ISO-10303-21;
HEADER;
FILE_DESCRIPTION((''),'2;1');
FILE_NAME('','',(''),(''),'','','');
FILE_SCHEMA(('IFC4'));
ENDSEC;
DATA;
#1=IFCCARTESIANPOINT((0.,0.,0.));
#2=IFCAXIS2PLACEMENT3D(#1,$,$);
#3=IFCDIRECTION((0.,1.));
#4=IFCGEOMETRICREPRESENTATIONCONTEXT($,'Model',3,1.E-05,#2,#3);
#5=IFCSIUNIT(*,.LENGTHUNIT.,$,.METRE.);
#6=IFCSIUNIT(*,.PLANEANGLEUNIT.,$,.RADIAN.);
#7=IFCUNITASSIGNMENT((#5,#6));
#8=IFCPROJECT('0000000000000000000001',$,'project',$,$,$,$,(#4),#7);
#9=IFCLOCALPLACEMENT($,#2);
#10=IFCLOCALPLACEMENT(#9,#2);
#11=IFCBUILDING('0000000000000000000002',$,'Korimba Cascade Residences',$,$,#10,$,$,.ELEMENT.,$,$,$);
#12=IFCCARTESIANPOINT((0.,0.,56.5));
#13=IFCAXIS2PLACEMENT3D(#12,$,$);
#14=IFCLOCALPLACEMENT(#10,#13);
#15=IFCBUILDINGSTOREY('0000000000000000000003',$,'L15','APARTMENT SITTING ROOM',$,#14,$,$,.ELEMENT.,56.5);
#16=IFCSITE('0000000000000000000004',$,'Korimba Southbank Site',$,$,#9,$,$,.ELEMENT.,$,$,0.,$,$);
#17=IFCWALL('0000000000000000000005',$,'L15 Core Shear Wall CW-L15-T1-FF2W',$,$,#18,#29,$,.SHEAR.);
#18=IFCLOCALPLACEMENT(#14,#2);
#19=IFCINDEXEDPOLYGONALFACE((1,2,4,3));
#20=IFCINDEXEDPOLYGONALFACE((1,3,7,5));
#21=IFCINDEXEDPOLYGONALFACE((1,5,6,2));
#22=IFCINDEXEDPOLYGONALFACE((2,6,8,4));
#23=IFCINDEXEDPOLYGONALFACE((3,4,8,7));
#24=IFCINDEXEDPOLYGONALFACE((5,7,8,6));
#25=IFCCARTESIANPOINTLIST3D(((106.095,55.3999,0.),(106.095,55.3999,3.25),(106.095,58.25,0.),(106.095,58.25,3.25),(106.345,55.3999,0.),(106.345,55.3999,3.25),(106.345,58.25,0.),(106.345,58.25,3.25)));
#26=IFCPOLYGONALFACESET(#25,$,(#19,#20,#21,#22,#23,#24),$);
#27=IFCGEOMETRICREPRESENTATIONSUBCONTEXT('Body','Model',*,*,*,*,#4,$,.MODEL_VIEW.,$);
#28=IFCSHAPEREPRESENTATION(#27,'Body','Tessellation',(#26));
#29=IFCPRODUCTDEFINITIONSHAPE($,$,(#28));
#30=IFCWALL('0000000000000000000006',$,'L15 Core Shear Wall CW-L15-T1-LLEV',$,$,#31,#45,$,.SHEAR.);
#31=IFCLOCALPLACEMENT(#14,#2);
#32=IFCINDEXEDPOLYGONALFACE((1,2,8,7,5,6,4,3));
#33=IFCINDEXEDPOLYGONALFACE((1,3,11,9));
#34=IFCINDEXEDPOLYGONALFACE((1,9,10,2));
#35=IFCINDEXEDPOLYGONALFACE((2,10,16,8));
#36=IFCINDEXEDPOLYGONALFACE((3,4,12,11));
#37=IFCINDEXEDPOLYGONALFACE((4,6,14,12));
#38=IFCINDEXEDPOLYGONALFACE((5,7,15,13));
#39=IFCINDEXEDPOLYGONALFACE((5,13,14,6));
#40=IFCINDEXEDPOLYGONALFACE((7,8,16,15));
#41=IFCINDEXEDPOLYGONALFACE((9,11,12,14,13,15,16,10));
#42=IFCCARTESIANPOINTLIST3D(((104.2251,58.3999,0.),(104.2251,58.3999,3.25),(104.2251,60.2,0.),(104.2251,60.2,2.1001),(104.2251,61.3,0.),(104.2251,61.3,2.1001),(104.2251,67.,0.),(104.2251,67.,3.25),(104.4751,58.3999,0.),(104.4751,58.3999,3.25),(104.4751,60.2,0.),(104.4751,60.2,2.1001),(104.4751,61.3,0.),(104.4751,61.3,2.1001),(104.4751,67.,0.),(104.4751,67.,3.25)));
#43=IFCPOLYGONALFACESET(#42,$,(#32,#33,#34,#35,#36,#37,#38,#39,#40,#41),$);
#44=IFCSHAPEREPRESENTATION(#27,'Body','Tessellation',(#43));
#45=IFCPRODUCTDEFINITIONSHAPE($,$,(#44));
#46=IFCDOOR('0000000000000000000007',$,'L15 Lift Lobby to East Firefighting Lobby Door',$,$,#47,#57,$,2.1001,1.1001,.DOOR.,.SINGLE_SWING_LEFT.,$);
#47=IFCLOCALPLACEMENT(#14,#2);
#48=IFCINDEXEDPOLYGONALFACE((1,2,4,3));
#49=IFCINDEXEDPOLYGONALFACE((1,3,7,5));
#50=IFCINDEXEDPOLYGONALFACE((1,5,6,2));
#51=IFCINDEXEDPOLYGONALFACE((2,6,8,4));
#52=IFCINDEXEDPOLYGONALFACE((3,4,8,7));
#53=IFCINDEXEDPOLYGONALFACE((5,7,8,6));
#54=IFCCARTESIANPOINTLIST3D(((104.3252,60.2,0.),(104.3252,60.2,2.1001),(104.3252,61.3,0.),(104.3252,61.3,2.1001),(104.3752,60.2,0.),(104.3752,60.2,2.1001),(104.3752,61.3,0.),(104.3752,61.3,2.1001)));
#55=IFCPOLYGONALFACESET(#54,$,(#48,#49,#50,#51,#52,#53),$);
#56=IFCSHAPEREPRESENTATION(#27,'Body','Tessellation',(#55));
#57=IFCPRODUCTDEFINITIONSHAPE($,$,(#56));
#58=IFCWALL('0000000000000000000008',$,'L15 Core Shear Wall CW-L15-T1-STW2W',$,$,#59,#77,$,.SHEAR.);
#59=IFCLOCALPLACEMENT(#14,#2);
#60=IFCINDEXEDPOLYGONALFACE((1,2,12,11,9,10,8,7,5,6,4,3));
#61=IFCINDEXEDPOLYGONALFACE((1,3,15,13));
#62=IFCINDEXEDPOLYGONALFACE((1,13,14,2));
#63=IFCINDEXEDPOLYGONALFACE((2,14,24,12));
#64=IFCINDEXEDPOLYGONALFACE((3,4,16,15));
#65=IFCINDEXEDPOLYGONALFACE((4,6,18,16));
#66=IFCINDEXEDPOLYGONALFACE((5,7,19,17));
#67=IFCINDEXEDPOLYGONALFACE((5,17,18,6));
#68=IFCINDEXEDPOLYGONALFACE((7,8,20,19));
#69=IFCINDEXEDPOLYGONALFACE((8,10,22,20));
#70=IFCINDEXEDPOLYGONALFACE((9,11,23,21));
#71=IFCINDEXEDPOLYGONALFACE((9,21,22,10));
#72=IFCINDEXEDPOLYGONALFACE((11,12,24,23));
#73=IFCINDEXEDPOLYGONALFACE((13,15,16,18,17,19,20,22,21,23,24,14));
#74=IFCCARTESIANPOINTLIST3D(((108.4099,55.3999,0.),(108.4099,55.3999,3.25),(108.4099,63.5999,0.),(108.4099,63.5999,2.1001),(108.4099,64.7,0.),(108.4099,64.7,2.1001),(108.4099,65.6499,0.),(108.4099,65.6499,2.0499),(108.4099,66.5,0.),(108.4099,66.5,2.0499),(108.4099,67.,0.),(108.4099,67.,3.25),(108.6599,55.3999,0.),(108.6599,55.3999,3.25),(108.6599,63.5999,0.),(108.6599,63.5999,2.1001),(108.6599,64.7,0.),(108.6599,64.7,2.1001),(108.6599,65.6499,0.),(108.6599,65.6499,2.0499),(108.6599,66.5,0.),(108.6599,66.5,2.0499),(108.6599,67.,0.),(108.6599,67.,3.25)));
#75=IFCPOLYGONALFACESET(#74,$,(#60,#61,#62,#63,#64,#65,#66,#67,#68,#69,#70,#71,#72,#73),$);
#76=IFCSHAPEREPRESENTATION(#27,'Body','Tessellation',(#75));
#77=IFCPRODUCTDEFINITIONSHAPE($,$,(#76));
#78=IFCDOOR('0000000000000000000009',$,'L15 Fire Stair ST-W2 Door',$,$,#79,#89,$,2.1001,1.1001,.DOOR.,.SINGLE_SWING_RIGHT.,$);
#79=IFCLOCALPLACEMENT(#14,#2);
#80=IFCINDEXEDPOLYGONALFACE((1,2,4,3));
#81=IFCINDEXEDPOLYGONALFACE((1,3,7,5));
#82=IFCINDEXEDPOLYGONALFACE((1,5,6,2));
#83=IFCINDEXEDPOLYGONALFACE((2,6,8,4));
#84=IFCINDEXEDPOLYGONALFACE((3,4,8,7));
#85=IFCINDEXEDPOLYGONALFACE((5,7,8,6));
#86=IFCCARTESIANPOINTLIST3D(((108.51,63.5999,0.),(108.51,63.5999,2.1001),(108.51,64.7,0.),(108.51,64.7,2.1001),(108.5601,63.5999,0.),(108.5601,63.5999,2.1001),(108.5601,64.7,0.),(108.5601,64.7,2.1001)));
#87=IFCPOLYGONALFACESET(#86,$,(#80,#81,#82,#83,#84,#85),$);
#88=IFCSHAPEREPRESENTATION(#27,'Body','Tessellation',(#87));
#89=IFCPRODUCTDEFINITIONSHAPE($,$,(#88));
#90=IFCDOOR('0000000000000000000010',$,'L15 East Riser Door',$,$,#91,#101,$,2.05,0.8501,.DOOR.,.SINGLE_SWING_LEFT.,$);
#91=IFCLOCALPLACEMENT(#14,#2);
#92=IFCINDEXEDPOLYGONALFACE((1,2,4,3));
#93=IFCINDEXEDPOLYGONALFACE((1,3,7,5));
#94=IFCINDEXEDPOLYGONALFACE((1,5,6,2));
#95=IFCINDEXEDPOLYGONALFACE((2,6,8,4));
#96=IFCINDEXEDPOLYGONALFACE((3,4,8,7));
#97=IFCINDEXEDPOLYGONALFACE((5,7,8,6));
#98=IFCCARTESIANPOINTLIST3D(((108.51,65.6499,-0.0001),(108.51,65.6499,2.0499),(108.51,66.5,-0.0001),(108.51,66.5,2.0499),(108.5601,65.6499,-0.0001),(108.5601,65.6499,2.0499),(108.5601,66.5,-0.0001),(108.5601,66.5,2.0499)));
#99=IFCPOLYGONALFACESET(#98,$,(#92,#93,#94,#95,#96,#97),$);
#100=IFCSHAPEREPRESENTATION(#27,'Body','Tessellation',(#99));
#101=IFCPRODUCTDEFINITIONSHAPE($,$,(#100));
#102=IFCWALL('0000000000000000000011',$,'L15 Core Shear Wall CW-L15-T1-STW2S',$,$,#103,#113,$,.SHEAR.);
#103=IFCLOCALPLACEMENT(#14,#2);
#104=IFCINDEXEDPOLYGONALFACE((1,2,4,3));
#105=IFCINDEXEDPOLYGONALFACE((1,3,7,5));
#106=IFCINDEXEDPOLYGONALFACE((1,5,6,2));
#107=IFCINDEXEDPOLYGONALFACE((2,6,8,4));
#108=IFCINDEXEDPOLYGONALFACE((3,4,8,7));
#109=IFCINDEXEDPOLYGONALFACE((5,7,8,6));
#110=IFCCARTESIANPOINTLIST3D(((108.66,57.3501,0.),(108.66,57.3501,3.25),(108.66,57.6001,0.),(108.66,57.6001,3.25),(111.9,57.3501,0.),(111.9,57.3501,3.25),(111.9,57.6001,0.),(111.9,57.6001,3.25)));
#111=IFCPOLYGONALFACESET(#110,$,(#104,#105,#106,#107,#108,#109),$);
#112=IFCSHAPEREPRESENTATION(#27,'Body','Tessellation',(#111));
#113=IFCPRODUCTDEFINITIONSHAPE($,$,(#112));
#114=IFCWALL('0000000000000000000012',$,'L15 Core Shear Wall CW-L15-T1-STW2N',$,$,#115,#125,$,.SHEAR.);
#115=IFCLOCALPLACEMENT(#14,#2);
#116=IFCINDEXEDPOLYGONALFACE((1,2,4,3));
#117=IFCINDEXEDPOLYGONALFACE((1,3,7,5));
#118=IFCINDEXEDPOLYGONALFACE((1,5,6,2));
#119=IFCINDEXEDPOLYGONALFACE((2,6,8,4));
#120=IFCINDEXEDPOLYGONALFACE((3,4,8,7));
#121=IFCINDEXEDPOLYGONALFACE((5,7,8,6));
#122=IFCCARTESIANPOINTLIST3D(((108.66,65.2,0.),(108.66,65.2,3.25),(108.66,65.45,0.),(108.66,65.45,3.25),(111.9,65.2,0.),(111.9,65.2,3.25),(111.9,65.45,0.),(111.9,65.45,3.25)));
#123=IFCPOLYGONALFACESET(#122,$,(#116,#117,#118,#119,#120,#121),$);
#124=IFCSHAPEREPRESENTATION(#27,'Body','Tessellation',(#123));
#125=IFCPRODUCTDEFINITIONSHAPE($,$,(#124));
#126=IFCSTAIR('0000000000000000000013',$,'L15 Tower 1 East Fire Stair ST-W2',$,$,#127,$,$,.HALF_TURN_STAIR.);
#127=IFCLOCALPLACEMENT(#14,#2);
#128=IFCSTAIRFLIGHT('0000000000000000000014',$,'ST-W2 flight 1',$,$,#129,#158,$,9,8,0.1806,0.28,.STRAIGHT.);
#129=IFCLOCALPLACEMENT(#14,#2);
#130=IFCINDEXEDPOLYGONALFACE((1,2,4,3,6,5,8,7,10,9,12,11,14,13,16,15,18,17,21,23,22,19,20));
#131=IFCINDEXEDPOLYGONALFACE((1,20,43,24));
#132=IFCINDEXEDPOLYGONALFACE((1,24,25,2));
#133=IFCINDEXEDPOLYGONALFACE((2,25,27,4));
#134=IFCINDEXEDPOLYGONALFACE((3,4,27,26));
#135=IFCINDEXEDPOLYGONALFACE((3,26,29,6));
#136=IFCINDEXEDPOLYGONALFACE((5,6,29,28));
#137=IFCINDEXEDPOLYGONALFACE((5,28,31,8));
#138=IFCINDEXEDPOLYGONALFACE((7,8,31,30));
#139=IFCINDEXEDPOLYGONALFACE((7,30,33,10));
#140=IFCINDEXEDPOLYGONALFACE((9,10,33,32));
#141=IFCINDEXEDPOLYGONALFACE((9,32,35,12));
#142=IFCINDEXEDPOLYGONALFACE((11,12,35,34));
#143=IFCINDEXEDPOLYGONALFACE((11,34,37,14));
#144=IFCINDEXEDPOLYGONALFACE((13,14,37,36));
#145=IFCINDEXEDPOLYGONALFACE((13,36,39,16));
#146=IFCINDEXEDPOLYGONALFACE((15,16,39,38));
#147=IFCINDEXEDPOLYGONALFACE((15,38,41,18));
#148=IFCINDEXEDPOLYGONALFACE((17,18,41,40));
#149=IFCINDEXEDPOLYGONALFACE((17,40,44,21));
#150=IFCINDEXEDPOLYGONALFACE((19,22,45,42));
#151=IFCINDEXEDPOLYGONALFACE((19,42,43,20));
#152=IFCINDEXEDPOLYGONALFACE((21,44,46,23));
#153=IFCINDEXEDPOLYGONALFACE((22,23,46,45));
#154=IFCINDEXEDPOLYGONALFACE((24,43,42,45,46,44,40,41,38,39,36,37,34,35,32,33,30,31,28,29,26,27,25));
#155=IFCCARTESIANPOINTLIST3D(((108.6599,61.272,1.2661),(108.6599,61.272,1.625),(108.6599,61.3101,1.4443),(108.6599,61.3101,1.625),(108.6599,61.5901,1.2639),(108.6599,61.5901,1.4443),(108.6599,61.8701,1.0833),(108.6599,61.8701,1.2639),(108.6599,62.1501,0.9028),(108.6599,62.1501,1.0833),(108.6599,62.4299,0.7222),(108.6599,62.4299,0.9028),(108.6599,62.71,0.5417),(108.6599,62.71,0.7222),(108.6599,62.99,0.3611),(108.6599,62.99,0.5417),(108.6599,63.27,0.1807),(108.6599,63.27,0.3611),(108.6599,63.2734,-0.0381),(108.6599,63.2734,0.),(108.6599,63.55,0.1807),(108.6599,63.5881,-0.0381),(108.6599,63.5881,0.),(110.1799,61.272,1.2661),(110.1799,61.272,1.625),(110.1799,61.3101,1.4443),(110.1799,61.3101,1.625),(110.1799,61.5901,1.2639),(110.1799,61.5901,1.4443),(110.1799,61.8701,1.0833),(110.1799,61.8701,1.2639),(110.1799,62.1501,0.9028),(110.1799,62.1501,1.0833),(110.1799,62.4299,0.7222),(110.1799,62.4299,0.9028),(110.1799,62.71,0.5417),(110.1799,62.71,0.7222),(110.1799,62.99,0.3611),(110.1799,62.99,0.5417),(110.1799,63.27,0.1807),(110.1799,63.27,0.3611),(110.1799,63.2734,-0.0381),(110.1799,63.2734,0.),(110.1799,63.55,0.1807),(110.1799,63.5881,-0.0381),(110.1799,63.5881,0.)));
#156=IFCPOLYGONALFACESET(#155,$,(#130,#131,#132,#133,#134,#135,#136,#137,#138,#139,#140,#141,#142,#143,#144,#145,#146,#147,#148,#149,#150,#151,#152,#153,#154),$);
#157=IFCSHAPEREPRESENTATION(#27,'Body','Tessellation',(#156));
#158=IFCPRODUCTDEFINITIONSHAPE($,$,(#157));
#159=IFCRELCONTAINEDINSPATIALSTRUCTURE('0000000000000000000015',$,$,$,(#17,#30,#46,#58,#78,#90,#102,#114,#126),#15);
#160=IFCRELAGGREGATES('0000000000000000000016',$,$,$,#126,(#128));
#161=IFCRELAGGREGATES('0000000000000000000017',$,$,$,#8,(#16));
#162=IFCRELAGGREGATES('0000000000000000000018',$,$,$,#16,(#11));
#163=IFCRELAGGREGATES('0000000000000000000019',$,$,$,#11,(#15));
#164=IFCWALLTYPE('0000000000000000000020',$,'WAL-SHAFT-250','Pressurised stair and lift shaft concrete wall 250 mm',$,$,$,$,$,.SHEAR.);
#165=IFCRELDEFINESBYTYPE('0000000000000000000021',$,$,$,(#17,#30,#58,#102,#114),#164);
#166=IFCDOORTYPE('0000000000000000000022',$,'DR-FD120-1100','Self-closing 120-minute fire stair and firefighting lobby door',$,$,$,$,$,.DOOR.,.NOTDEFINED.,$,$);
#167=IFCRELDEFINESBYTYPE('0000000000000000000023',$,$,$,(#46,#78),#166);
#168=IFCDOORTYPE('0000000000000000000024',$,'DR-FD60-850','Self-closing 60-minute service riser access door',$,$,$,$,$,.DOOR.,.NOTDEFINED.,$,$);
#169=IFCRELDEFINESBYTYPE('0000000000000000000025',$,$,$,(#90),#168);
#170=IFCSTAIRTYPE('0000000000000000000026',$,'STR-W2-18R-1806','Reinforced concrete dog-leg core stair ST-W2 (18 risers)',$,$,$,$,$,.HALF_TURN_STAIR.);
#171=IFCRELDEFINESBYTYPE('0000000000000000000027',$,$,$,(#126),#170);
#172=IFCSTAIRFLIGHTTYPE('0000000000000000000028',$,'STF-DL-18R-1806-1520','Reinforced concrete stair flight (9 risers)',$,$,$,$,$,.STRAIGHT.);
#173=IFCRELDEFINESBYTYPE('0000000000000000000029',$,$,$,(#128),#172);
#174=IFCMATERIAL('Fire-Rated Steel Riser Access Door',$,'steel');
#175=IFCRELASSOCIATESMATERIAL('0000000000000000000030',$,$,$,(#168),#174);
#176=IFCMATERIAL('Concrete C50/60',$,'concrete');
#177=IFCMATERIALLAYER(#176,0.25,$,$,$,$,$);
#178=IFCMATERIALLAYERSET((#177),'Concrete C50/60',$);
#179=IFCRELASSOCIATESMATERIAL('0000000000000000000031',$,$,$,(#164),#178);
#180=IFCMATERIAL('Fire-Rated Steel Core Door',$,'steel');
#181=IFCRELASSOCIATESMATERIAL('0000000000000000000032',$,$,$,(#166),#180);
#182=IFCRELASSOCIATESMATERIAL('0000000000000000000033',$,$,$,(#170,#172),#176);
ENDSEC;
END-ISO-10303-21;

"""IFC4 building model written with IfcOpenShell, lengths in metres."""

from ifc_helpers import new_model, si_unit, direction, frame, frame_2d, origin, place, context, subcontext, project, spatial, polyline, rectangle, outline, extrude, material, layer, layer_set, type_object, element, fill, aggregate, save


model = new_model("IFC4")

# Units and contexts
model_context = context("Model", 3, precision=1e-05, world=origin(), true_north=direction((0.0, 1.0)))
body_context = subcontext(model_context, "Body", "Model", "MODEL_VIEW")
ifc_project = project(units=[si_unit("LENGTHUNIT", "METRE"), si_unit("PLANEANGLEUNIT", "RADIAN")], contexts=[model_context])

# Site, building, storey
site_placement = place(None, origin())
site = spatial("IfcSite", under=ifc_project, at=site_placement, Name="Korimba Southbank Site", CompositionType="ELEMENT", RefElevation=0.0)
building_placement = place(site_placement, origin())
building = spatial("IfcBuilding", under=site, at=building_placement, Name="Korimba Cascade Residences", CompositionType="ELEMENT")
storey_placement = place(building_placement, frame((0.0, 0.0, 56.5)))
storey = spatial("IfcBuildingStorey", under=building, at=storey_placement, Name="L15", Description="APARTMENT SITTING ROOM", CompositionType="ELEMENT", Elevation=56.5)

# Shared definitions
ifc_material_1 = material(Name="Concrete C50/60", Category="concrete")

# Shared definitions
ifc_material_2 = material(Name="Fire-Rated Steel Riser Access Door", Category="steel")
door_type_1 = type_object("IfcDoorType", Name="DR-FD60-850", Description="Self-closing 60-minute service riser access door", OperationType="NOTDEFINED", PredefinedType="DOOR", material=ifc_material_2)

# Wall
ifc_layer_1 = layer(ifc_material_1, 0.25)
ifc_layer_set_1 = layer_set([ifc_layer_1], Name="Concrete C50/60")
wall_type_1 = type_object("IfcWallType", Name="WAL-SHAFT-250", Description="Pressurised stair and lift shaft concrete wall 250 mm", PredefinedType="SHEAR", material=ifc_layer_set_1)
wall_1_placement = place(storey_placement, frame((106.22, 55.3999, 0.0), z_axis=(0.0, 0.0, 1.0), x_axis=(0.0, 1.0, 0.0)))
element("IfcWall", 1, at=wall_1_placement, inside=storey, type_object=wall_type_1, Name="L15 Core Shear Wall CW-L15-T1-FF2W", PredefinedType="SHEAR", context=body_context, shape_type="SweptSolid", body=[
    extrude(rectangle(XDim=2.8501, YDim=0.25, at=frame_2d((1.425, 0.0))), origin(), (0.0, 0.0, 1.0), 3.25),
])

# Wall, opening, door
wall_2_placement = place(storey_placement, frame((104.3501, 58.3999, 0.0), z_axis=(0.0, 0.0, 1.0), x_axis=(0.0, 1.0, 0.0)))
wall_2 = element("IfcWall", 2, at=wall_2_placement, inside=storey, type_object=wall_type_1, Name="L15 Core Shear Wall CW-L15-T1-LLEV", PredefinedType="SHEAR", context=body_context, shape_type="SweptSolid", body=[
    extrude(rectangle(XDim=8.6001, YDim=0.25, at=frame_2d((4.3, 0.0))), origin(), (0.0, 0.0, 1.0), 3.25),
])
opening_1_placement = place(wall_2_placement, frame((1.8, 0.0, 0.0)))
opening_1 = element("IfcOpeningElement", 3, at=opening_1_placement, cuts=wall_2, PredefinedType="OPENING", context=body_context, shape_type="SweptSolid", body=[
    extrude(rectangle(XDim=1.1001, YDim=2.1001, at=frame_2d((0.55, 1.05))), frame((0.0, 0.135, 0.0), z_axis=(0.0, -1.0, 0.0), x_axis=(1.0, 0.0, 0.0)), (0.0, 0.0, 1.0), 0.27),
])
ifc_material_3 = material(Name="Fire-Rated Steel Core Door", Category="steel")
door_type_2 = type_object("IfcDoorType", Name="DR-FD120-1100", Description="Self-closing 120-minute fire stair and firefighting lobby door", OperationType="NOTDEFINED", PredefinedType="DOOR", material=ifc_material_3)
door_1_placement = place(opening_1_placement, origin())
door_1 = element("IfcDoor", 4, at=door_1_placement, inside=storey, type_object=door_type_2, Name="L15 Lift Lobby to East Firefighting Lobby Door", OperationType="SINGLE_SWING_LEFT", OverallHeight=2.1001, OverallWidth=1.1001, PredefinedType="DOOR", context=body_context, shape_type="SweptSolid", body=[
    extrude(rectangle(XDim=1.1001, YDim=2.1001, at=frame_2d((0.55, 1.05))), frame((0.0, 0.0249, 0.0), z_axis=(0.0, -1.0, 0.0), x_axis=(1.0, 0.0, 0.0)), (0.0, 0.0, 1.0), 0.05),
])
fill(opening_1, door_1)

# Wall, openings, doors
wall_3_placement = place(storey_placement, frame((108.5349, 55.3999, 0.0), z_axis=(0.0, 0.0, 1.0), x_axis=(0.0, 1.0, 0.0)))
wall_3 = element("IfcWall", 5, at=wall_3_placement, inside=storey, type_object=wall_type_1, Name="L15 Core Shear Wall CW-L15-T1-STW2W", PredefinedType="SHEAR", context=body_context, shape_type="SweptSolid", body=[
    extrude(rectangle(XDim=11.6001, YDim=0.25, at=frame_2d((5.8, 0.0))), origin(), (0.0, 0.0, 1.0), 3.25),
])
opening_2_placement = place(wall_3_placement, frame((8.2, 0.0, 0.0)))
opening_2 = element("IfcOpeningElement", 6, at=opening_2_placement, cuts=wall_3, PredefinedType="OPENING", context=body_context, shape_type="SweptSolid", body=[
    extrude(rectangle(XDim=1.1001, YDim=2.1001, at=frame_2d((0.55, 1.05))), frame((0.0, 0.135, 0.0), z_axis=(0.0, -1.0, 0.0), x_axis=(1.0, 0.0, 0.0)), (0.0, 0.0, 1.0), 0.27),
])
opening_3_placement = place(wall_3_placement, frame((10.25, 0.0, 0.0)))
opening_3 = element("IfcOpeningElement", 7, at=opening_3_placement, cuts=wall_3, PredefinedType="OPENING", context=body_context, shape_type="SweptSolid", body=[
    extrude(rectangle(XDim=0.8501, YDim=2.05, at=frame_2d((0.425, 1.0249))), frame((0.0, 0.135, 0.0), z_axis=(0.0, -1.0, 0.0), x_axis=(1.0, 0.0, 0.0)), (0.0, 0.0, 1.0), 0.27),
])
door_2_placement = place(opening_2_placement, origin())
door_2 = element("IfcDoor", 8, at=door_2_placement, inside=storey, type_object=door_type_2, Name="L15 Fire Stair ST-W2 Door", OperationType="SINGLE_SWING_RIGHT", OverallHeight=2.1001, OverallWidth=1.1001, PredefinedType="DOOR", context=body_context, shape_type="SweptSolid", body=[
    extrude(rectangle(XDim=1.1001, YDim=2.1001, at=frame_2d((0.55, 1.05))), frame((0.0, 0.0249, 0.0), z_axis=(0.0, -1.0, 0.0), x_axis=(1.0, 0.0, 0.0)), (0.0, 0.0, 1.0), 0.05),
])
fill(opening_2, door_2)
door_3_placement = place(opening_3_placement, origin())
door_3 = element("IfcDoor", 9, at=door_3_placement, inside=storey, type_object=door_type_1, Name="L15 East Riser Door", OperationType="SINGLE_SWING_LEFT", OverallHeight=2.05, OverallWidth=0.8501, PredefinedType="DOOR", context=body_context, shape_type="SweptSolid", body=[
    extrude(rectangle(XDim=0.8501, YDim=2.05, at=frame_2d((0.425, 1.0249))), frame((0.0, 0.0249, 0.0), z_axis=(0.0, -1.0, 0.0), x_axis=(1.0, 0.0, 0.0)), (0.0, 0.0, 1.0), 0.05),
])
fill(opening_3, door_3)

# Walls
for number, where, z_axis, x_axis, name in (
    (10, (108.6599, 57.4751, 0.0), (0.0, 0.0, 1.0), (1.0, 0.0, 0.0), "L15 Core Shear Wall CW-L15-T1-STW2S"),
    (11, (108.6599, 65.325, 0.0), (0.0, 0.0, 1.0), (1.0, 0.0, 0.0), "L15 Core Shear Wall CW-L15-T1-STW2N"),
):
    element("IfcWall", number, at=place(storey_placement, frame(where, z_axis=z_axis, x_axis=x_axis)), inside=storey, type_object=wall_type_1, Name=name, PredefinedType="SHEAR", context=body_context, shape_type="SweptSolid", body=[
        extrude(rectangle(XDim=3.24, YDim=0.25, at=frame_2d((1.6201, 0.0))), origin(), (0.0, 0.0, 1.0), 3.25),
    ])

# Stair, stair flight
stair_type = type_object("IfcStairType", Name="STR-W2-18R-1806", Description="Reinforced concrete dog-leg core stair ST-W2 (18 risers)", PredefinedType="HALF_TURN_STAIR", material=ifc_material_1)
stair_placement = place(storey_placement, origin())
stair = element("IfcStair", 12, at=stair_placement, inside=storey, type_object=stair_type, Name="L15 Tower 1 East Fire Stair ST-W2", PredefinedType="HALF_TURN_STAIR")
stair_flight_type = type_object("IfcStairFlightType", Name="STF-DL-18R-1806-1520", Description="Reinforced concrete stair flight (9 risers)", PredefinedType="STRAIGHT", material=ifc_material_1)
stair_flight_1_placement = place(storey_placement, frame((109.4199, 63.55, 0.0), z_axis=(0.0, 0.0, 1.0), x_axis=(0.0, -1.0, 0.0)))
stair_flight_1 = element("IfcStairFlight", 13, at=stair_flight_1_placement, type_object=stair_flight_type, Name="ST-W2 flight 1", NumberOfRisers=9, NumberOfTreads=8, PredefinedType="STRAIGHT", RiserHeight=0.1806, TreadLength=0.28, context=body_context, shape_type="SweptSolid", body=[
    extrude(outline(polyline([(-0.0381, 0.0), (0.0, 0.1807), (0.28, 0.1807), (0.28, 0.3611), (0.5601, 0.3611), (0.5601, 0.5417), (0.8401, 0.5417), (0.8401, 0.7222), (1.1201, 0.7222), (1.1201, 0.9028), (1.3999, 0.9028), (1.3999, 1.0833), (1.6799, 1.0833), (1.6799, 1.2639), (1.96, 1.2639), (1.96, 1.4443), (2.24, 1.4443), (2.24, 1.625), (2.2781, 1.625), (2.2781, 1.2661), (0.2766, 0.0), (0.2766, -0.0381), (-0.0381, -0.0381), (-0.0381, 0.0)])), frame((0.0, 0.76, 0.0), z_axis=(0.0, -1.0, 0.0), x_axis=(1.0, 0.0, 0.0)), (0.0, 0.0, 1.0), 1.52),
])
aggregate(stair, [stair_flight_1])

save(model, "model.ifc")
